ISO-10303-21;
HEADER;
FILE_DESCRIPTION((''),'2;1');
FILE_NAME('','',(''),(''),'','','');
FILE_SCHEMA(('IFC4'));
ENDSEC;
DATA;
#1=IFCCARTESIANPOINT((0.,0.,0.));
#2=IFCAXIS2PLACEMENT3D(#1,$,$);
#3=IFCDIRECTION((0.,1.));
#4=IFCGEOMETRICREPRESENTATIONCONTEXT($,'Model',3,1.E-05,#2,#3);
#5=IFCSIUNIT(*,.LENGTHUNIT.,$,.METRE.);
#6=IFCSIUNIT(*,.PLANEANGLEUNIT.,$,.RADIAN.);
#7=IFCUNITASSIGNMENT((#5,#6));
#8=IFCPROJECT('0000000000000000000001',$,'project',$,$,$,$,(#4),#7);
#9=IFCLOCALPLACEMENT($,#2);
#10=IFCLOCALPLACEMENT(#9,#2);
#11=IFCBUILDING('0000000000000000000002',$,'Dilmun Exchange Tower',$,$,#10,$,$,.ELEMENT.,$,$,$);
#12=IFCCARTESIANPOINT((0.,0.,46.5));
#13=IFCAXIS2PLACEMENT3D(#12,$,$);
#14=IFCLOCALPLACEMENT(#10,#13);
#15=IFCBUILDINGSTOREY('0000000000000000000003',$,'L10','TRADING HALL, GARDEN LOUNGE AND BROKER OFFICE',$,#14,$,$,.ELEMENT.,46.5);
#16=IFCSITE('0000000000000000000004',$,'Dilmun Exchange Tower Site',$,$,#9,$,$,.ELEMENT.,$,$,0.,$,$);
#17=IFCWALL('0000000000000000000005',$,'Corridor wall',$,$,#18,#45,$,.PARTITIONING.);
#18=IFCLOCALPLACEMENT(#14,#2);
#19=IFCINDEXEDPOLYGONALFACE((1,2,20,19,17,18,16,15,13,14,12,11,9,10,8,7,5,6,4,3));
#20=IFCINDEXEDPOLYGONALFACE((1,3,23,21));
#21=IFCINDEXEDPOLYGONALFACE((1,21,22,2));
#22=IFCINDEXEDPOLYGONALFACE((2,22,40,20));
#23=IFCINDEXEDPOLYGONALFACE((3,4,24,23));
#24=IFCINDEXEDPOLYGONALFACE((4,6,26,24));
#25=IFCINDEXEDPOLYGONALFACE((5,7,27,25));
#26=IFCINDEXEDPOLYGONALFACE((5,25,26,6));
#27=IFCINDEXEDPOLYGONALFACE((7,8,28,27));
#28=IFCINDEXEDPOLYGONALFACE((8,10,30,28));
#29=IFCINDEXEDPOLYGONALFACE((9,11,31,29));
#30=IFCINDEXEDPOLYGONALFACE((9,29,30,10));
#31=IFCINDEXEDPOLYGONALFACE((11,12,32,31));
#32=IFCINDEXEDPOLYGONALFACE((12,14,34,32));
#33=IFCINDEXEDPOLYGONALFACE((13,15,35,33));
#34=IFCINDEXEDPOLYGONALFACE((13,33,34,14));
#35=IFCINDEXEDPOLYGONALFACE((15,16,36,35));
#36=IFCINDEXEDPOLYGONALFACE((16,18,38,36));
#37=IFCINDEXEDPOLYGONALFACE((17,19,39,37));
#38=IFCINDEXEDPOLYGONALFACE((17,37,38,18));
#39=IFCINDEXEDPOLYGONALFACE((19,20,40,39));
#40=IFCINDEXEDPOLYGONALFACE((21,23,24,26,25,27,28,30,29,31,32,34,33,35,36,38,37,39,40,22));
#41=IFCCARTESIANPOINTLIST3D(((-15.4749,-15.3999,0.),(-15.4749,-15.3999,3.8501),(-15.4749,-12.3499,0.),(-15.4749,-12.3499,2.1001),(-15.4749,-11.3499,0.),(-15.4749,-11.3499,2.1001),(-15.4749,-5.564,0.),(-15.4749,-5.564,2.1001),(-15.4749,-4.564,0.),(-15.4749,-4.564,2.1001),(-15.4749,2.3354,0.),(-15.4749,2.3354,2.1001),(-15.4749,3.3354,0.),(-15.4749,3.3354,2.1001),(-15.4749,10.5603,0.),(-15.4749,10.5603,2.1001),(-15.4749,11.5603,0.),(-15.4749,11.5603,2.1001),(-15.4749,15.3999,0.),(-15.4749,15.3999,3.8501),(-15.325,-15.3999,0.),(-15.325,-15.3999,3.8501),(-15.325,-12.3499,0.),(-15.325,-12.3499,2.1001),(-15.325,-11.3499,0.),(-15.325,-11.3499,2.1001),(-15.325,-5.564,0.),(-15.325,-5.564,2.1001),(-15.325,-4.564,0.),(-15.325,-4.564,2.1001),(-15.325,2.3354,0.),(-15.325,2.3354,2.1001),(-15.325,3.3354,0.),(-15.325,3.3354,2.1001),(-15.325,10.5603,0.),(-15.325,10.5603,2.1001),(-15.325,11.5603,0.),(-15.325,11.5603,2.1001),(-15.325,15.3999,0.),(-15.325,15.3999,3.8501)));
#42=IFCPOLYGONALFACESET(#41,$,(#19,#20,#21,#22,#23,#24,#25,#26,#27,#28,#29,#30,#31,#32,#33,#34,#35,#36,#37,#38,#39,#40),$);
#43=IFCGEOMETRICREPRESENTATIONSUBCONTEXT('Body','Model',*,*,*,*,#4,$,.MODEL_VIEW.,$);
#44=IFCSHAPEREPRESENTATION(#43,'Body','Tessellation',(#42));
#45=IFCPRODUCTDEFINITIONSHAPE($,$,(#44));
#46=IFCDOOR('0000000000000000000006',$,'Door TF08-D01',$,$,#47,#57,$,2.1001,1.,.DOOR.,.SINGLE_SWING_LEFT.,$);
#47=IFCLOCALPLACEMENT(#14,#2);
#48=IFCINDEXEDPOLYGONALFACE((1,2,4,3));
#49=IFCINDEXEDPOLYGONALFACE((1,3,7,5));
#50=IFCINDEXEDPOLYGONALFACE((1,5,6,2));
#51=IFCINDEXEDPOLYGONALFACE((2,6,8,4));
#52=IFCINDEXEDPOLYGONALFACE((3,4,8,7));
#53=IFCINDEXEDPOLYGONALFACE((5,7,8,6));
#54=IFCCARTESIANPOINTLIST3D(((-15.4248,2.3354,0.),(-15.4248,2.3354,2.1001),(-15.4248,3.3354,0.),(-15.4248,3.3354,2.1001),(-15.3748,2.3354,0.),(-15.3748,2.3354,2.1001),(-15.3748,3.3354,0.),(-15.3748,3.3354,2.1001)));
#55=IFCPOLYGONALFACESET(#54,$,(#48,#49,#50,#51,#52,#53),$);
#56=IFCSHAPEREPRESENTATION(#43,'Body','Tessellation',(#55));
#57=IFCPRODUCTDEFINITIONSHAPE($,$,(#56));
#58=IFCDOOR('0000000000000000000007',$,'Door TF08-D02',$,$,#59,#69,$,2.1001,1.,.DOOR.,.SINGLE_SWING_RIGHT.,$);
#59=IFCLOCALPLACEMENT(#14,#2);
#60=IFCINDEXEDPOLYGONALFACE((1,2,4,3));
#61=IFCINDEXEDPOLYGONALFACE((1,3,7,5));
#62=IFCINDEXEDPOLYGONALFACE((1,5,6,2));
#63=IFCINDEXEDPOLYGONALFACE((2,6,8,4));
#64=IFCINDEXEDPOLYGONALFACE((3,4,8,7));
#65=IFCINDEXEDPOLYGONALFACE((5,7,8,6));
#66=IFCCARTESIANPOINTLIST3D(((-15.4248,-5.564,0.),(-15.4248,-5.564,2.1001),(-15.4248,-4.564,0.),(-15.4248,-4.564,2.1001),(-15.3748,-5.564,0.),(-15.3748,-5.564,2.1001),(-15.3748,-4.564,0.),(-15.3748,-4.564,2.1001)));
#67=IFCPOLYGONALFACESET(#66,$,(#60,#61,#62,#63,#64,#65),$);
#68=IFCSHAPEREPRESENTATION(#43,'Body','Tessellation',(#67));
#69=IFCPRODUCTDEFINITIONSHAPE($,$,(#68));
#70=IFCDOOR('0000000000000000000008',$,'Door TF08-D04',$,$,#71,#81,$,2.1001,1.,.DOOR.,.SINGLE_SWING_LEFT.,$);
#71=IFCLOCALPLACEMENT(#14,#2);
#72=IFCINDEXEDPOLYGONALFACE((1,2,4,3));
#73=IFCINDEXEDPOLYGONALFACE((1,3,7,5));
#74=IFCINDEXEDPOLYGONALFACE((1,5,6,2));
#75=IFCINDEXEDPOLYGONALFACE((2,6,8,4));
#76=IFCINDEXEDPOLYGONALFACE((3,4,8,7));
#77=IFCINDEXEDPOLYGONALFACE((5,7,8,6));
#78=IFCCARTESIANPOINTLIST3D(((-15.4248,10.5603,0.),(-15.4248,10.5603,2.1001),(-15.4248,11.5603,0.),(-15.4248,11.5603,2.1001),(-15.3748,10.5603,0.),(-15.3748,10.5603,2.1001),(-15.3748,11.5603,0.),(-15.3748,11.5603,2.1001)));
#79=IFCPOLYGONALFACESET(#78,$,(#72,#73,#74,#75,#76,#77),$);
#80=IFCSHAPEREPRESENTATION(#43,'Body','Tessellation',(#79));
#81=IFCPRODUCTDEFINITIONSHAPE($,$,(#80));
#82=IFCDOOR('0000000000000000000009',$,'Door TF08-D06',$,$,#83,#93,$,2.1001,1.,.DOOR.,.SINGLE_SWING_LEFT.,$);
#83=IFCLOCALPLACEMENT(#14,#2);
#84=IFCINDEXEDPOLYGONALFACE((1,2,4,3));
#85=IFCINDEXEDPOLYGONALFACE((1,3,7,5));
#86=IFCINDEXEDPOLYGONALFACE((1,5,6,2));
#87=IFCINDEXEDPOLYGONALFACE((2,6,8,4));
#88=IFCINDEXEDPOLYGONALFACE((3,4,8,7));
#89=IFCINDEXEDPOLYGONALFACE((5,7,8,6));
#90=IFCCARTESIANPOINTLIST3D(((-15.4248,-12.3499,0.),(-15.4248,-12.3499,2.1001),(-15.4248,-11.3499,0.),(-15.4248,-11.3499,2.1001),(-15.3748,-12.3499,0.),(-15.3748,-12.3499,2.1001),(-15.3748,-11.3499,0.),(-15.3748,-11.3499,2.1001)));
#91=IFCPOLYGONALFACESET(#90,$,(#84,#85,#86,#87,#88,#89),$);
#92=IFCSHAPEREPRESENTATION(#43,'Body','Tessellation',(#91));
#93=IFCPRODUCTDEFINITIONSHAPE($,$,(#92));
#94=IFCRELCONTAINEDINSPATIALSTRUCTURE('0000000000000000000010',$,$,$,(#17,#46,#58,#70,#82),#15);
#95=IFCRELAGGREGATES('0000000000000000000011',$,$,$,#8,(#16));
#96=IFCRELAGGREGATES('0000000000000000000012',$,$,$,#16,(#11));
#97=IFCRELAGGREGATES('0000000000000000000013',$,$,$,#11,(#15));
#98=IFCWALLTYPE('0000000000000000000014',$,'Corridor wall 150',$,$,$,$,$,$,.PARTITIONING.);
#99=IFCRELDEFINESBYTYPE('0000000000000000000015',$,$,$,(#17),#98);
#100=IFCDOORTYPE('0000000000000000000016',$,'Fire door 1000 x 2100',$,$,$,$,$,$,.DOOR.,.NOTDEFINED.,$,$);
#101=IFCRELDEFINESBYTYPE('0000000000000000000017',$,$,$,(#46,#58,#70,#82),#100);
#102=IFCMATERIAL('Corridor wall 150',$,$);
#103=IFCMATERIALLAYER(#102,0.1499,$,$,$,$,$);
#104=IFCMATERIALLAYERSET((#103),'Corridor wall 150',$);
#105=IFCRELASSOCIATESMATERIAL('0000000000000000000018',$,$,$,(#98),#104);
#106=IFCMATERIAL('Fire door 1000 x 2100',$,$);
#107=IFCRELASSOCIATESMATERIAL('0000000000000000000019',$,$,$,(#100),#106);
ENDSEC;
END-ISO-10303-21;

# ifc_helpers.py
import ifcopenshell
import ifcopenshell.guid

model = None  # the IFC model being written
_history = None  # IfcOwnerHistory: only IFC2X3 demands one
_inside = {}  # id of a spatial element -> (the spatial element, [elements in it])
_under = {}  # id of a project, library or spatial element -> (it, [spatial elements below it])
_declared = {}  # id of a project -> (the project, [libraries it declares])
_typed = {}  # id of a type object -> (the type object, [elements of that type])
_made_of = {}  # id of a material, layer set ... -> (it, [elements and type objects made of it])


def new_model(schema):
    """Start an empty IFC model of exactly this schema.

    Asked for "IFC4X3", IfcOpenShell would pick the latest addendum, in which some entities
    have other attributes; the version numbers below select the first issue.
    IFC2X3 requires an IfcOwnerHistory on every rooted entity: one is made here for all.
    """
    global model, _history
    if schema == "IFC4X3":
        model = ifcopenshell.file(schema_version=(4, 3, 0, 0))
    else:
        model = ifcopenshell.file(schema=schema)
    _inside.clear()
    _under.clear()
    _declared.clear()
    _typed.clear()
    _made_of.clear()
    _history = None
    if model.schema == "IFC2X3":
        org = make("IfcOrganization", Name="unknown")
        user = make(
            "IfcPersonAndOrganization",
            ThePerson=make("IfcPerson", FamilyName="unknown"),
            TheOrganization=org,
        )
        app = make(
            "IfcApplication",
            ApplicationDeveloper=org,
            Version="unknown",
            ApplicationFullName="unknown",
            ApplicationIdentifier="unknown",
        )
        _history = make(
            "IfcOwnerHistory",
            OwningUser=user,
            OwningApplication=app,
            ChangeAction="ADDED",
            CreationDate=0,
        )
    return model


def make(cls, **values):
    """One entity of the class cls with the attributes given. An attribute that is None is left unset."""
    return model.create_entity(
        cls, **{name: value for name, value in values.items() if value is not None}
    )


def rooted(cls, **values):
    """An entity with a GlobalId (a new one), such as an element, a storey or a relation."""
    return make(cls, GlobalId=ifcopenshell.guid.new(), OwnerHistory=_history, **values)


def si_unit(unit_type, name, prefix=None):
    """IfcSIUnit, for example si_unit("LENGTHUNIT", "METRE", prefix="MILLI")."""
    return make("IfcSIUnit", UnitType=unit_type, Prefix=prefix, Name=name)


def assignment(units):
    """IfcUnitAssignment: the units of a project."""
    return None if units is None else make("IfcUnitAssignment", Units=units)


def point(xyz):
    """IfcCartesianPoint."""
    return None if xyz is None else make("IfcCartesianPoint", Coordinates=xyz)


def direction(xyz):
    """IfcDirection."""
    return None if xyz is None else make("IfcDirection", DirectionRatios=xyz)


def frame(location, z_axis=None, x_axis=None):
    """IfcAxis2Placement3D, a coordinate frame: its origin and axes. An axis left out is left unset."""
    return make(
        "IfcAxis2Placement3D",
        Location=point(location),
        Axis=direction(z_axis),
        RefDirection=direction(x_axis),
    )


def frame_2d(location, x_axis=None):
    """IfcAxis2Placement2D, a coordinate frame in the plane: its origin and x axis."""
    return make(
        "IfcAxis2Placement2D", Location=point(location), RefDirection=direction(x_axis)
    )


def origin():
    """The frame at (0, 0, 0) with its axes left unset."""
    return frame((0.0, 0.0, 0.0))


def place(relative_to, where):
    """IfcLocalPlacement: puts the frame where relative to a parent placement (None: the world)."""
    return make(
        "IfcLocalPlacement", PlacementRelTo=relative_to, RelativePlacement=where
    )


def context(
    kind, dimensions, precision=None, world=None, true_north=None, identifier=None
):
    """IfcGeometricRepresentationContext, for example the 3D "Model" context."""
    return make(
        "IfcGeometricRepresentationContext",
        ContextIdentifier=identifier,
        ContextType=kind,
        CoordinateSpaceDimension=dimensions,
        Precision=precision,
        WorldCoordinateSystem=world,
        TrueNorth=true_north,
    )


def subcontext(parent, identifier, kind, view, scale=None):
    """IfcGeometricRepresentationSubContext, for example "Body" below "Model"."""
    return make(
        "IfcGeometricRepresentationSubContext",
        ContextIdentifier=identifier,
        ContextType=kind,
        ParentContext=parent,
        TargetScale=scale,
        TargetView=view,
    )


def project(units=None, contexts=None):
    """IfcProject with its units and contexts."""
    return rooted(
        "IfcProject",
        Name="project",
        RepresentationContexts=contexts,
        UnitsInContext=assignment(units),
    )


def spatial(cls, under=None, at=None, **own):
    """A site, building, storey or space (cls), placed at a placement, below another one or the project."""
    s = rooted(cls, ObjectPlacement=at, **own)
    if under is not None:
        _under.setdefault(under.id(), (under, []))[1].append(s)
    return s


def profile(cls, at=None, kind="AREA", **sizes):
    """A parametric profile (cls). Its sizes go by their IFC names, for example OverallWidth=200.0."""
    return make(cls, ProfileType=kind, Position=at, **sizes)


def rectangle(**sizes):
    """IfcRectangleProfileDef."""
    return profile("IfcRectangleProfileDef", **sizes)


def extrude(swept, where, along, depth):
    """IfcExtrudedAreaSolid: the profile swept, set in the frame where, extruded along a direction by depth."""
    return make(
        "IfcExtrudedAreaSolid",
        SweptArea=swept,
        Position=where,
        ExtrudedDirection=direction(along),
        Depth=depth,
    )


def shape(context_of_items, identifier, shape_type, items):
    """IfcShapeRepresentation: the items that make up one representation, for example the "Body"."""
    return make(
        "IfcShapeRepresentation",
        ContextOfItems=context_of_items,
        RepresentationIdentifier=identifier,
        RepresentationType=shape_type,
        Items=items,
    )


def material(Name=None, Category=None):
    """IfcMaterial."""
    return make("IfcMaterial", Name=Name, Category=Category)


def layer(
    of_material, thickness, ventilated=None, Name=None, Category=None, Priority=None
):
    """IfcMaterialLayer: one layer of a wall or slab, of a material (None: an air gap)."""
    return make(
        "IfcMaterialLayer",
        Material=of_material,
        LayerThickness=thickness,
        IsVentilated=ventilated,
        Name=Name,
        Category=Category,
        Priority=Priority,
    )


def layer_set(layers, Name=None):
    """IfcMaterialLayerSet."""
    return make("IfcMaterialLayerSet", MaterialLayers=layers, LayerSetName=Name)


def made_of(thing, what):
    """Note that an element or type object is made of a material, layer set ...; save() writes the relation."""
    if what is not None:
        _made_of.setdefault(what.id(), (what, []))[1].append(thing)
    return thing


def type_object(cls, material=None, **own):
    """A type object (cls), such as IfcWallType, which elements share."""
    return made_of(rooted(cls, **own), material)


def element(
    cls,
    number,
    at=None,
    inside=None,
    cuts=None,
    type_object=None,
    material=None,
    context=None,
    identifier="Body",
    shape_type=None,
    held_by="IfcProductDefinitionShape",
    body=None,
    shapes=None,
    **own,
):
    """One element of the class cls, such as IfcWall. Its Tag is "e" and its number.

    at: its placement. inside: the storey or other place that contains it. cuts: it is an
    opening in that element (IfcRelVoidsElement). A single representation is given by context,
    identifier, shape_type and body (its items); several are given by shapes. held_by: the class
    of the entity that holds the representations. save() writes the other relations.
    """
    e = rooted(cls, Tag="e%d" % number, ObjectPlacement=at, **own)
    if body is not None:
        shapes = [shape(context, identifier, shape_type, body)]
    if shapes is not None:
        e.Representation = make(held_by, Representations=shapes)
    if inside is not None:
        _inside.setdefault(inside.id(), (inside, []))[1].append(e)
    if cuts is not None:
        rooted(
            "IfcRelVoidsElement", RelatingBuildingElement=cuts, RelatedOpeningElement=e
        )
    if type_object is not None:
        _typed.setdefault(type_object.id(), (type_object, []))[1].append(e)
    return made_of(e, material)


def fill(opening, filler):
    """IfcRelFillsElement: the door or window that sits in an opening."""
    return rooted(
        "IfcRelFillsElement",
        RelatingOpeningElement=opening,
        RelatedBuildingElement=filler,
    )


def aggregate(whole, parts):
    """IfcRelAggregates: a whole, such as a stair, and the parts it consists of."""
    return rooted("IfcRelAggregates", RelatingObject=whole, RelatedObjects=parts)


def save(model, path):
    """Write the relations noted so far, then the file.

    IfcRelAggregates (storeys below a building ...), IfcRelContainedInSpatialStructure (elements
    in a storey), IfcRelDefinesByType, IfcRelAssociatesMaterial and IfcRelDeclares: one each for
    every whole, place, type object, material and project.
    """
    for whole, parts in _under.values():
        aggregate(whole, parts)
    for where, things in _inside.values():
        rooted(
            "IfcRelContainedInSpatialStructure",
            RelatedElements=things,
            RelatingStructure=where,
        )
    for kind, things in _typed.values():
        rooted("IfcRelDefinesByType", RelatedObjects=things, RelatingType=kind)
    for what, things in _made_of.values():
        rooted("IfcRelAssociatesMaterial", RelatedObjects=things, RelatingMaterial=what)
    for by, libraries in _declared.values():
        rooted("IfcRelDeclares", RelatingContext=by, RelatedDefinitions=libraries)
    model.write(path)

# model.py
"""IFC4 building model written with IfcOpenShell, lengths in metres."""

from ifc_helpers import new_model, si_unit, direction, frame, frame_2d, origin, place, context, subcontext, project, spatial, rectangle, extrude, material, layer, layer_set, type_object, element, fill, save


model = new_model("IFC4")

# Units and contexts
model_context = context("Model", 3, precision=1e-05, world=origin(), true_north=direction((0.0, 1.0)))
body_context = subcontext(model_context, "Body", "Model", "MODEL_VIEW")
ifc_project = project(units=[si_unit("LENGTHUNIT", "METRE"), si_unit("PLANEANGLEUNIT", "RADIAN")], contexts=[model_context])

# Site, building, storey
site_placement = place(None, origin())
site = spatial("IfcSite", under=ifc_project, at=site_placement, Name="Dilmun Exchange Tower Site", CompositionType="ELEMENT", RefElevation=0.0)
building_placement = place(site_placement, origin())
building = spatial("IfcBuilding", under=site, at=building_placement, Name="Dilmun Exchange Tower", CompositionType="ELEMENT")
storey_placement = place(building_placement, frame((0.0, 0.0, 46.5)))
storey = spatial("IfcBuildingStorey", under=building, at=storey_placement, Name="L10", Description="TRADING HALL, GARDEN LOUNGE AND BROKER OFFICE", CompositionType="ELEMENT", Elevation=46.5)

# Wall, openings, doors
ifc_material_1 = material(Name="Corridor wall 150")
ifc_layer_1 = layer(ifc_material_1, 0.1499)
ifc_layer_set_1 = layer_set([ifc_layer_1], Name="Corridor wall 150")
wall_type_1 = type_object("IfcWallType", Name="Corridor wall 150", PredefinedType="PARTITIONING", material=ifc_layer_set_1)
wall_1_placement = place(storey_placement, frame((-15.3999, -15.3999, 0.0), z_axis=(0.0, 0.0, 1.0), x_axis=(0.0, 1.0, 0.0)))
wall_1 = element("IfcWall", 1, at=wall_1_placement, inside=storey, type_object=wall_type_1, Name="Corridor wall", PredefinedType="PARTITIONING", context=body_context, shape_type="SweptSolid", body=[
    extrude(rectangle(XDim=30.7998, YDim=0.1499, at=frame_2d((15.3999, 0.0))), origin(), (0.0, 0.0, 1.0), 3.8501),
])
opening_1_placement = place(wall_1_placement, frame((17.7354, 0.0, 0.0)))
opening_1 = element("IfcOpeningElement", 2, at=opening_1_placement, cuts=wall_1, PredefinedType="OPENING", context=body_context, shape_type="SweptSolid", body=[
    extrude(rectangle(XDim=1.0, YDim=2.1001, at=frame_2d((0.5, 1.05))), frame((0.0, 0.085, 0.0), z_axis=(0.0, -1.0, 0.0), x_axis=(1.0, 0.0, 0.0)), (0.0, 0.0, 1.0), 0.1699),
])
opening_2_placement = place(wall_1_placement, frame((9.8359, 0.0, 0.0)))
opening_2 = element("IfcOpeningElement", 3, at=opening_2_placement, cuts=wall_1, PredefinedType="OPENING", context=body_context, shape_type="SweptSolid", body=[
    extrude(rectangle(XDim=1.0, YDim=2.1001, at=frame_2d((0.5, 1.05))), frame((0.0, 0.085, 0.0), z_axis=(0.0, -1.0, 0.0), x_axis=(1.0, 0.0, 0.0)), (0.0, 0.0, 1.0), 0.1699),
])
opening_3_placement = place(wall_1_placement, frame((25.9602, 0.0, 0.0)))
opening_3 = element("IfcOpeningElement", 4, at=opening_3_placement, cuts=wall_1, PredefinedType="OPENING", context=body_context, shape_type="SweptSolid", body=[
    extrude(rectangle(XDim=1.0, YDim=2.1001, at=frame_2d((0.5, 1.05))), frame((0.0, 0.085, 0.0), z_axis=(0.0, -1.0, 0.0), x_axis=(1.0, 0.0, 0.0)), (0.0, 0.0, 1.0), 0.1699),
])
opening_4_placement = place(wall_1_placement, frame((3.05, 0.0, 0.0)))
opening_4 = element("IfcOpeningElement", 5, at=opening_4_placement, cuts=wall_1, PredefinedType="OPENING", context=body_context, shape_type="SweptSolid", body=[
    extrude(rectangle(XDim=1.0, YDim=2.1001, at=frame_2d((0.5, 1.05))), frame((0.0, 0.085, 0.0), z_axis=(0.0, -1.0, 0.0), x_axis=(1.0, 0.0, 0.0)), (0.0, 0.0, 1.0), 0.1699),
])
ifc_material_2 = material(Name="Fire door 1000 x 2100")
door_type_1 = type_object("IfcDoorType", Name="Fire door 1000 x 2100", OperationType="NOTDEFINED", PredefinedType="DOOR", material=ifc_material_2)
door_1_placement = place(opening_1_placement, origin())
door_1 = element("IfcDoor", 6, at=door_1_placement, inside=storey, type_object=door_type_1, Name="Door TF08-D01", OperationType="SINGLE_SWING_LEFT", OverallHeight=2.1001, OverallWidth=1.0, PredefinedType="DOOR", context=body_context, shape_type="SweptSolid", body=[
    extrude(rectangle(XDim=1.0, YDim=2.1001, at=frame_2d((0.5, 1.05))), frame((0.0, 0.0249, 0.0), z_axis=(0.0, -1.0, 0.0), x_axis=(1.0, 0.0, 0.0)), (0.0, 0.0, 1.0), 0.05),
])
fill(opening_1, door_1)
door_2_placement = place(opening_2_placement, origin())
door_2 = element("IfcDoor", 7, at=door_2_placement, inside=storey, type_object=door_type_1, Name="Door TF08-D02", OperationType="SINGLE_SWING_RIGHT", OverallHeight=2.1001, OverallWidth=1.0, PredefinedType="DOOR", context=body_context, shape_type="SweptSolid", body=[
    extrude(rectangle(XDim=1.0, YDim=2.1001, at=frame_2d((0.5, 1.05))), frame((0.0, 0.0249, 0.0), z_axis=(0.0, -1.0, 0.0), x_axis=(1.0, 0.0, 0.0)), (0.0, 0.0, 1.0), 0.05),
])
fill(opening_2, door_2)
door_3_placement = place(opening_3_placement, origin())
door_3 = element("IfcDoor", 8, at=door_3_placement, inside=storey, type_object=door_type_1, Name="Door TF08-D04", OperationType="SINGLE_SWING_LEFT", OverallHeight=2.1001, OverallWidth=1.0, PredefinedType="DOOR", context=body_context, shape_type="SweptSolid", body=[
    extrude(rectangle(XDim=1.0, YDim=2.1001, at=frame_2d((0.5, 1.05))), frame((0.0, 0.0249, 0.0), z_axis=(0.0, -1.0, 0.0), x_axis=(1.0, 0.0, 0.0)), (0.0, 0.0, 1.0), 0.05),
])
fill(opening_3, door_3)
door_4_placement = place(opening_4_placement, origin())
door_4 = element("IfcDoor", 9, at=door_4_placement, inside=storey, type_object=door_type_1, Name="Door TF08-D06", OperationType="SINGLE_SWING_LEFT", OverallHeight=2.1001, OverallWidth=1.0, PredefinedType="DOOR", context=body_context, shape_type="SweptSolid", body=[
    extrude(rectangle(XDim=1.0, YDim=2.1001, at=frame_2d((0.5, 1.05))), frame((0.0, 0.0249, 0.0), z_axis=(0.0, -1.0, 0.0), x_axis=(1.0, 0.0, 0.0)), (0.0, 0.0, 1.0), 0.05),
])
fill(opening_4, door_4)

save(model, "model.ifc")
